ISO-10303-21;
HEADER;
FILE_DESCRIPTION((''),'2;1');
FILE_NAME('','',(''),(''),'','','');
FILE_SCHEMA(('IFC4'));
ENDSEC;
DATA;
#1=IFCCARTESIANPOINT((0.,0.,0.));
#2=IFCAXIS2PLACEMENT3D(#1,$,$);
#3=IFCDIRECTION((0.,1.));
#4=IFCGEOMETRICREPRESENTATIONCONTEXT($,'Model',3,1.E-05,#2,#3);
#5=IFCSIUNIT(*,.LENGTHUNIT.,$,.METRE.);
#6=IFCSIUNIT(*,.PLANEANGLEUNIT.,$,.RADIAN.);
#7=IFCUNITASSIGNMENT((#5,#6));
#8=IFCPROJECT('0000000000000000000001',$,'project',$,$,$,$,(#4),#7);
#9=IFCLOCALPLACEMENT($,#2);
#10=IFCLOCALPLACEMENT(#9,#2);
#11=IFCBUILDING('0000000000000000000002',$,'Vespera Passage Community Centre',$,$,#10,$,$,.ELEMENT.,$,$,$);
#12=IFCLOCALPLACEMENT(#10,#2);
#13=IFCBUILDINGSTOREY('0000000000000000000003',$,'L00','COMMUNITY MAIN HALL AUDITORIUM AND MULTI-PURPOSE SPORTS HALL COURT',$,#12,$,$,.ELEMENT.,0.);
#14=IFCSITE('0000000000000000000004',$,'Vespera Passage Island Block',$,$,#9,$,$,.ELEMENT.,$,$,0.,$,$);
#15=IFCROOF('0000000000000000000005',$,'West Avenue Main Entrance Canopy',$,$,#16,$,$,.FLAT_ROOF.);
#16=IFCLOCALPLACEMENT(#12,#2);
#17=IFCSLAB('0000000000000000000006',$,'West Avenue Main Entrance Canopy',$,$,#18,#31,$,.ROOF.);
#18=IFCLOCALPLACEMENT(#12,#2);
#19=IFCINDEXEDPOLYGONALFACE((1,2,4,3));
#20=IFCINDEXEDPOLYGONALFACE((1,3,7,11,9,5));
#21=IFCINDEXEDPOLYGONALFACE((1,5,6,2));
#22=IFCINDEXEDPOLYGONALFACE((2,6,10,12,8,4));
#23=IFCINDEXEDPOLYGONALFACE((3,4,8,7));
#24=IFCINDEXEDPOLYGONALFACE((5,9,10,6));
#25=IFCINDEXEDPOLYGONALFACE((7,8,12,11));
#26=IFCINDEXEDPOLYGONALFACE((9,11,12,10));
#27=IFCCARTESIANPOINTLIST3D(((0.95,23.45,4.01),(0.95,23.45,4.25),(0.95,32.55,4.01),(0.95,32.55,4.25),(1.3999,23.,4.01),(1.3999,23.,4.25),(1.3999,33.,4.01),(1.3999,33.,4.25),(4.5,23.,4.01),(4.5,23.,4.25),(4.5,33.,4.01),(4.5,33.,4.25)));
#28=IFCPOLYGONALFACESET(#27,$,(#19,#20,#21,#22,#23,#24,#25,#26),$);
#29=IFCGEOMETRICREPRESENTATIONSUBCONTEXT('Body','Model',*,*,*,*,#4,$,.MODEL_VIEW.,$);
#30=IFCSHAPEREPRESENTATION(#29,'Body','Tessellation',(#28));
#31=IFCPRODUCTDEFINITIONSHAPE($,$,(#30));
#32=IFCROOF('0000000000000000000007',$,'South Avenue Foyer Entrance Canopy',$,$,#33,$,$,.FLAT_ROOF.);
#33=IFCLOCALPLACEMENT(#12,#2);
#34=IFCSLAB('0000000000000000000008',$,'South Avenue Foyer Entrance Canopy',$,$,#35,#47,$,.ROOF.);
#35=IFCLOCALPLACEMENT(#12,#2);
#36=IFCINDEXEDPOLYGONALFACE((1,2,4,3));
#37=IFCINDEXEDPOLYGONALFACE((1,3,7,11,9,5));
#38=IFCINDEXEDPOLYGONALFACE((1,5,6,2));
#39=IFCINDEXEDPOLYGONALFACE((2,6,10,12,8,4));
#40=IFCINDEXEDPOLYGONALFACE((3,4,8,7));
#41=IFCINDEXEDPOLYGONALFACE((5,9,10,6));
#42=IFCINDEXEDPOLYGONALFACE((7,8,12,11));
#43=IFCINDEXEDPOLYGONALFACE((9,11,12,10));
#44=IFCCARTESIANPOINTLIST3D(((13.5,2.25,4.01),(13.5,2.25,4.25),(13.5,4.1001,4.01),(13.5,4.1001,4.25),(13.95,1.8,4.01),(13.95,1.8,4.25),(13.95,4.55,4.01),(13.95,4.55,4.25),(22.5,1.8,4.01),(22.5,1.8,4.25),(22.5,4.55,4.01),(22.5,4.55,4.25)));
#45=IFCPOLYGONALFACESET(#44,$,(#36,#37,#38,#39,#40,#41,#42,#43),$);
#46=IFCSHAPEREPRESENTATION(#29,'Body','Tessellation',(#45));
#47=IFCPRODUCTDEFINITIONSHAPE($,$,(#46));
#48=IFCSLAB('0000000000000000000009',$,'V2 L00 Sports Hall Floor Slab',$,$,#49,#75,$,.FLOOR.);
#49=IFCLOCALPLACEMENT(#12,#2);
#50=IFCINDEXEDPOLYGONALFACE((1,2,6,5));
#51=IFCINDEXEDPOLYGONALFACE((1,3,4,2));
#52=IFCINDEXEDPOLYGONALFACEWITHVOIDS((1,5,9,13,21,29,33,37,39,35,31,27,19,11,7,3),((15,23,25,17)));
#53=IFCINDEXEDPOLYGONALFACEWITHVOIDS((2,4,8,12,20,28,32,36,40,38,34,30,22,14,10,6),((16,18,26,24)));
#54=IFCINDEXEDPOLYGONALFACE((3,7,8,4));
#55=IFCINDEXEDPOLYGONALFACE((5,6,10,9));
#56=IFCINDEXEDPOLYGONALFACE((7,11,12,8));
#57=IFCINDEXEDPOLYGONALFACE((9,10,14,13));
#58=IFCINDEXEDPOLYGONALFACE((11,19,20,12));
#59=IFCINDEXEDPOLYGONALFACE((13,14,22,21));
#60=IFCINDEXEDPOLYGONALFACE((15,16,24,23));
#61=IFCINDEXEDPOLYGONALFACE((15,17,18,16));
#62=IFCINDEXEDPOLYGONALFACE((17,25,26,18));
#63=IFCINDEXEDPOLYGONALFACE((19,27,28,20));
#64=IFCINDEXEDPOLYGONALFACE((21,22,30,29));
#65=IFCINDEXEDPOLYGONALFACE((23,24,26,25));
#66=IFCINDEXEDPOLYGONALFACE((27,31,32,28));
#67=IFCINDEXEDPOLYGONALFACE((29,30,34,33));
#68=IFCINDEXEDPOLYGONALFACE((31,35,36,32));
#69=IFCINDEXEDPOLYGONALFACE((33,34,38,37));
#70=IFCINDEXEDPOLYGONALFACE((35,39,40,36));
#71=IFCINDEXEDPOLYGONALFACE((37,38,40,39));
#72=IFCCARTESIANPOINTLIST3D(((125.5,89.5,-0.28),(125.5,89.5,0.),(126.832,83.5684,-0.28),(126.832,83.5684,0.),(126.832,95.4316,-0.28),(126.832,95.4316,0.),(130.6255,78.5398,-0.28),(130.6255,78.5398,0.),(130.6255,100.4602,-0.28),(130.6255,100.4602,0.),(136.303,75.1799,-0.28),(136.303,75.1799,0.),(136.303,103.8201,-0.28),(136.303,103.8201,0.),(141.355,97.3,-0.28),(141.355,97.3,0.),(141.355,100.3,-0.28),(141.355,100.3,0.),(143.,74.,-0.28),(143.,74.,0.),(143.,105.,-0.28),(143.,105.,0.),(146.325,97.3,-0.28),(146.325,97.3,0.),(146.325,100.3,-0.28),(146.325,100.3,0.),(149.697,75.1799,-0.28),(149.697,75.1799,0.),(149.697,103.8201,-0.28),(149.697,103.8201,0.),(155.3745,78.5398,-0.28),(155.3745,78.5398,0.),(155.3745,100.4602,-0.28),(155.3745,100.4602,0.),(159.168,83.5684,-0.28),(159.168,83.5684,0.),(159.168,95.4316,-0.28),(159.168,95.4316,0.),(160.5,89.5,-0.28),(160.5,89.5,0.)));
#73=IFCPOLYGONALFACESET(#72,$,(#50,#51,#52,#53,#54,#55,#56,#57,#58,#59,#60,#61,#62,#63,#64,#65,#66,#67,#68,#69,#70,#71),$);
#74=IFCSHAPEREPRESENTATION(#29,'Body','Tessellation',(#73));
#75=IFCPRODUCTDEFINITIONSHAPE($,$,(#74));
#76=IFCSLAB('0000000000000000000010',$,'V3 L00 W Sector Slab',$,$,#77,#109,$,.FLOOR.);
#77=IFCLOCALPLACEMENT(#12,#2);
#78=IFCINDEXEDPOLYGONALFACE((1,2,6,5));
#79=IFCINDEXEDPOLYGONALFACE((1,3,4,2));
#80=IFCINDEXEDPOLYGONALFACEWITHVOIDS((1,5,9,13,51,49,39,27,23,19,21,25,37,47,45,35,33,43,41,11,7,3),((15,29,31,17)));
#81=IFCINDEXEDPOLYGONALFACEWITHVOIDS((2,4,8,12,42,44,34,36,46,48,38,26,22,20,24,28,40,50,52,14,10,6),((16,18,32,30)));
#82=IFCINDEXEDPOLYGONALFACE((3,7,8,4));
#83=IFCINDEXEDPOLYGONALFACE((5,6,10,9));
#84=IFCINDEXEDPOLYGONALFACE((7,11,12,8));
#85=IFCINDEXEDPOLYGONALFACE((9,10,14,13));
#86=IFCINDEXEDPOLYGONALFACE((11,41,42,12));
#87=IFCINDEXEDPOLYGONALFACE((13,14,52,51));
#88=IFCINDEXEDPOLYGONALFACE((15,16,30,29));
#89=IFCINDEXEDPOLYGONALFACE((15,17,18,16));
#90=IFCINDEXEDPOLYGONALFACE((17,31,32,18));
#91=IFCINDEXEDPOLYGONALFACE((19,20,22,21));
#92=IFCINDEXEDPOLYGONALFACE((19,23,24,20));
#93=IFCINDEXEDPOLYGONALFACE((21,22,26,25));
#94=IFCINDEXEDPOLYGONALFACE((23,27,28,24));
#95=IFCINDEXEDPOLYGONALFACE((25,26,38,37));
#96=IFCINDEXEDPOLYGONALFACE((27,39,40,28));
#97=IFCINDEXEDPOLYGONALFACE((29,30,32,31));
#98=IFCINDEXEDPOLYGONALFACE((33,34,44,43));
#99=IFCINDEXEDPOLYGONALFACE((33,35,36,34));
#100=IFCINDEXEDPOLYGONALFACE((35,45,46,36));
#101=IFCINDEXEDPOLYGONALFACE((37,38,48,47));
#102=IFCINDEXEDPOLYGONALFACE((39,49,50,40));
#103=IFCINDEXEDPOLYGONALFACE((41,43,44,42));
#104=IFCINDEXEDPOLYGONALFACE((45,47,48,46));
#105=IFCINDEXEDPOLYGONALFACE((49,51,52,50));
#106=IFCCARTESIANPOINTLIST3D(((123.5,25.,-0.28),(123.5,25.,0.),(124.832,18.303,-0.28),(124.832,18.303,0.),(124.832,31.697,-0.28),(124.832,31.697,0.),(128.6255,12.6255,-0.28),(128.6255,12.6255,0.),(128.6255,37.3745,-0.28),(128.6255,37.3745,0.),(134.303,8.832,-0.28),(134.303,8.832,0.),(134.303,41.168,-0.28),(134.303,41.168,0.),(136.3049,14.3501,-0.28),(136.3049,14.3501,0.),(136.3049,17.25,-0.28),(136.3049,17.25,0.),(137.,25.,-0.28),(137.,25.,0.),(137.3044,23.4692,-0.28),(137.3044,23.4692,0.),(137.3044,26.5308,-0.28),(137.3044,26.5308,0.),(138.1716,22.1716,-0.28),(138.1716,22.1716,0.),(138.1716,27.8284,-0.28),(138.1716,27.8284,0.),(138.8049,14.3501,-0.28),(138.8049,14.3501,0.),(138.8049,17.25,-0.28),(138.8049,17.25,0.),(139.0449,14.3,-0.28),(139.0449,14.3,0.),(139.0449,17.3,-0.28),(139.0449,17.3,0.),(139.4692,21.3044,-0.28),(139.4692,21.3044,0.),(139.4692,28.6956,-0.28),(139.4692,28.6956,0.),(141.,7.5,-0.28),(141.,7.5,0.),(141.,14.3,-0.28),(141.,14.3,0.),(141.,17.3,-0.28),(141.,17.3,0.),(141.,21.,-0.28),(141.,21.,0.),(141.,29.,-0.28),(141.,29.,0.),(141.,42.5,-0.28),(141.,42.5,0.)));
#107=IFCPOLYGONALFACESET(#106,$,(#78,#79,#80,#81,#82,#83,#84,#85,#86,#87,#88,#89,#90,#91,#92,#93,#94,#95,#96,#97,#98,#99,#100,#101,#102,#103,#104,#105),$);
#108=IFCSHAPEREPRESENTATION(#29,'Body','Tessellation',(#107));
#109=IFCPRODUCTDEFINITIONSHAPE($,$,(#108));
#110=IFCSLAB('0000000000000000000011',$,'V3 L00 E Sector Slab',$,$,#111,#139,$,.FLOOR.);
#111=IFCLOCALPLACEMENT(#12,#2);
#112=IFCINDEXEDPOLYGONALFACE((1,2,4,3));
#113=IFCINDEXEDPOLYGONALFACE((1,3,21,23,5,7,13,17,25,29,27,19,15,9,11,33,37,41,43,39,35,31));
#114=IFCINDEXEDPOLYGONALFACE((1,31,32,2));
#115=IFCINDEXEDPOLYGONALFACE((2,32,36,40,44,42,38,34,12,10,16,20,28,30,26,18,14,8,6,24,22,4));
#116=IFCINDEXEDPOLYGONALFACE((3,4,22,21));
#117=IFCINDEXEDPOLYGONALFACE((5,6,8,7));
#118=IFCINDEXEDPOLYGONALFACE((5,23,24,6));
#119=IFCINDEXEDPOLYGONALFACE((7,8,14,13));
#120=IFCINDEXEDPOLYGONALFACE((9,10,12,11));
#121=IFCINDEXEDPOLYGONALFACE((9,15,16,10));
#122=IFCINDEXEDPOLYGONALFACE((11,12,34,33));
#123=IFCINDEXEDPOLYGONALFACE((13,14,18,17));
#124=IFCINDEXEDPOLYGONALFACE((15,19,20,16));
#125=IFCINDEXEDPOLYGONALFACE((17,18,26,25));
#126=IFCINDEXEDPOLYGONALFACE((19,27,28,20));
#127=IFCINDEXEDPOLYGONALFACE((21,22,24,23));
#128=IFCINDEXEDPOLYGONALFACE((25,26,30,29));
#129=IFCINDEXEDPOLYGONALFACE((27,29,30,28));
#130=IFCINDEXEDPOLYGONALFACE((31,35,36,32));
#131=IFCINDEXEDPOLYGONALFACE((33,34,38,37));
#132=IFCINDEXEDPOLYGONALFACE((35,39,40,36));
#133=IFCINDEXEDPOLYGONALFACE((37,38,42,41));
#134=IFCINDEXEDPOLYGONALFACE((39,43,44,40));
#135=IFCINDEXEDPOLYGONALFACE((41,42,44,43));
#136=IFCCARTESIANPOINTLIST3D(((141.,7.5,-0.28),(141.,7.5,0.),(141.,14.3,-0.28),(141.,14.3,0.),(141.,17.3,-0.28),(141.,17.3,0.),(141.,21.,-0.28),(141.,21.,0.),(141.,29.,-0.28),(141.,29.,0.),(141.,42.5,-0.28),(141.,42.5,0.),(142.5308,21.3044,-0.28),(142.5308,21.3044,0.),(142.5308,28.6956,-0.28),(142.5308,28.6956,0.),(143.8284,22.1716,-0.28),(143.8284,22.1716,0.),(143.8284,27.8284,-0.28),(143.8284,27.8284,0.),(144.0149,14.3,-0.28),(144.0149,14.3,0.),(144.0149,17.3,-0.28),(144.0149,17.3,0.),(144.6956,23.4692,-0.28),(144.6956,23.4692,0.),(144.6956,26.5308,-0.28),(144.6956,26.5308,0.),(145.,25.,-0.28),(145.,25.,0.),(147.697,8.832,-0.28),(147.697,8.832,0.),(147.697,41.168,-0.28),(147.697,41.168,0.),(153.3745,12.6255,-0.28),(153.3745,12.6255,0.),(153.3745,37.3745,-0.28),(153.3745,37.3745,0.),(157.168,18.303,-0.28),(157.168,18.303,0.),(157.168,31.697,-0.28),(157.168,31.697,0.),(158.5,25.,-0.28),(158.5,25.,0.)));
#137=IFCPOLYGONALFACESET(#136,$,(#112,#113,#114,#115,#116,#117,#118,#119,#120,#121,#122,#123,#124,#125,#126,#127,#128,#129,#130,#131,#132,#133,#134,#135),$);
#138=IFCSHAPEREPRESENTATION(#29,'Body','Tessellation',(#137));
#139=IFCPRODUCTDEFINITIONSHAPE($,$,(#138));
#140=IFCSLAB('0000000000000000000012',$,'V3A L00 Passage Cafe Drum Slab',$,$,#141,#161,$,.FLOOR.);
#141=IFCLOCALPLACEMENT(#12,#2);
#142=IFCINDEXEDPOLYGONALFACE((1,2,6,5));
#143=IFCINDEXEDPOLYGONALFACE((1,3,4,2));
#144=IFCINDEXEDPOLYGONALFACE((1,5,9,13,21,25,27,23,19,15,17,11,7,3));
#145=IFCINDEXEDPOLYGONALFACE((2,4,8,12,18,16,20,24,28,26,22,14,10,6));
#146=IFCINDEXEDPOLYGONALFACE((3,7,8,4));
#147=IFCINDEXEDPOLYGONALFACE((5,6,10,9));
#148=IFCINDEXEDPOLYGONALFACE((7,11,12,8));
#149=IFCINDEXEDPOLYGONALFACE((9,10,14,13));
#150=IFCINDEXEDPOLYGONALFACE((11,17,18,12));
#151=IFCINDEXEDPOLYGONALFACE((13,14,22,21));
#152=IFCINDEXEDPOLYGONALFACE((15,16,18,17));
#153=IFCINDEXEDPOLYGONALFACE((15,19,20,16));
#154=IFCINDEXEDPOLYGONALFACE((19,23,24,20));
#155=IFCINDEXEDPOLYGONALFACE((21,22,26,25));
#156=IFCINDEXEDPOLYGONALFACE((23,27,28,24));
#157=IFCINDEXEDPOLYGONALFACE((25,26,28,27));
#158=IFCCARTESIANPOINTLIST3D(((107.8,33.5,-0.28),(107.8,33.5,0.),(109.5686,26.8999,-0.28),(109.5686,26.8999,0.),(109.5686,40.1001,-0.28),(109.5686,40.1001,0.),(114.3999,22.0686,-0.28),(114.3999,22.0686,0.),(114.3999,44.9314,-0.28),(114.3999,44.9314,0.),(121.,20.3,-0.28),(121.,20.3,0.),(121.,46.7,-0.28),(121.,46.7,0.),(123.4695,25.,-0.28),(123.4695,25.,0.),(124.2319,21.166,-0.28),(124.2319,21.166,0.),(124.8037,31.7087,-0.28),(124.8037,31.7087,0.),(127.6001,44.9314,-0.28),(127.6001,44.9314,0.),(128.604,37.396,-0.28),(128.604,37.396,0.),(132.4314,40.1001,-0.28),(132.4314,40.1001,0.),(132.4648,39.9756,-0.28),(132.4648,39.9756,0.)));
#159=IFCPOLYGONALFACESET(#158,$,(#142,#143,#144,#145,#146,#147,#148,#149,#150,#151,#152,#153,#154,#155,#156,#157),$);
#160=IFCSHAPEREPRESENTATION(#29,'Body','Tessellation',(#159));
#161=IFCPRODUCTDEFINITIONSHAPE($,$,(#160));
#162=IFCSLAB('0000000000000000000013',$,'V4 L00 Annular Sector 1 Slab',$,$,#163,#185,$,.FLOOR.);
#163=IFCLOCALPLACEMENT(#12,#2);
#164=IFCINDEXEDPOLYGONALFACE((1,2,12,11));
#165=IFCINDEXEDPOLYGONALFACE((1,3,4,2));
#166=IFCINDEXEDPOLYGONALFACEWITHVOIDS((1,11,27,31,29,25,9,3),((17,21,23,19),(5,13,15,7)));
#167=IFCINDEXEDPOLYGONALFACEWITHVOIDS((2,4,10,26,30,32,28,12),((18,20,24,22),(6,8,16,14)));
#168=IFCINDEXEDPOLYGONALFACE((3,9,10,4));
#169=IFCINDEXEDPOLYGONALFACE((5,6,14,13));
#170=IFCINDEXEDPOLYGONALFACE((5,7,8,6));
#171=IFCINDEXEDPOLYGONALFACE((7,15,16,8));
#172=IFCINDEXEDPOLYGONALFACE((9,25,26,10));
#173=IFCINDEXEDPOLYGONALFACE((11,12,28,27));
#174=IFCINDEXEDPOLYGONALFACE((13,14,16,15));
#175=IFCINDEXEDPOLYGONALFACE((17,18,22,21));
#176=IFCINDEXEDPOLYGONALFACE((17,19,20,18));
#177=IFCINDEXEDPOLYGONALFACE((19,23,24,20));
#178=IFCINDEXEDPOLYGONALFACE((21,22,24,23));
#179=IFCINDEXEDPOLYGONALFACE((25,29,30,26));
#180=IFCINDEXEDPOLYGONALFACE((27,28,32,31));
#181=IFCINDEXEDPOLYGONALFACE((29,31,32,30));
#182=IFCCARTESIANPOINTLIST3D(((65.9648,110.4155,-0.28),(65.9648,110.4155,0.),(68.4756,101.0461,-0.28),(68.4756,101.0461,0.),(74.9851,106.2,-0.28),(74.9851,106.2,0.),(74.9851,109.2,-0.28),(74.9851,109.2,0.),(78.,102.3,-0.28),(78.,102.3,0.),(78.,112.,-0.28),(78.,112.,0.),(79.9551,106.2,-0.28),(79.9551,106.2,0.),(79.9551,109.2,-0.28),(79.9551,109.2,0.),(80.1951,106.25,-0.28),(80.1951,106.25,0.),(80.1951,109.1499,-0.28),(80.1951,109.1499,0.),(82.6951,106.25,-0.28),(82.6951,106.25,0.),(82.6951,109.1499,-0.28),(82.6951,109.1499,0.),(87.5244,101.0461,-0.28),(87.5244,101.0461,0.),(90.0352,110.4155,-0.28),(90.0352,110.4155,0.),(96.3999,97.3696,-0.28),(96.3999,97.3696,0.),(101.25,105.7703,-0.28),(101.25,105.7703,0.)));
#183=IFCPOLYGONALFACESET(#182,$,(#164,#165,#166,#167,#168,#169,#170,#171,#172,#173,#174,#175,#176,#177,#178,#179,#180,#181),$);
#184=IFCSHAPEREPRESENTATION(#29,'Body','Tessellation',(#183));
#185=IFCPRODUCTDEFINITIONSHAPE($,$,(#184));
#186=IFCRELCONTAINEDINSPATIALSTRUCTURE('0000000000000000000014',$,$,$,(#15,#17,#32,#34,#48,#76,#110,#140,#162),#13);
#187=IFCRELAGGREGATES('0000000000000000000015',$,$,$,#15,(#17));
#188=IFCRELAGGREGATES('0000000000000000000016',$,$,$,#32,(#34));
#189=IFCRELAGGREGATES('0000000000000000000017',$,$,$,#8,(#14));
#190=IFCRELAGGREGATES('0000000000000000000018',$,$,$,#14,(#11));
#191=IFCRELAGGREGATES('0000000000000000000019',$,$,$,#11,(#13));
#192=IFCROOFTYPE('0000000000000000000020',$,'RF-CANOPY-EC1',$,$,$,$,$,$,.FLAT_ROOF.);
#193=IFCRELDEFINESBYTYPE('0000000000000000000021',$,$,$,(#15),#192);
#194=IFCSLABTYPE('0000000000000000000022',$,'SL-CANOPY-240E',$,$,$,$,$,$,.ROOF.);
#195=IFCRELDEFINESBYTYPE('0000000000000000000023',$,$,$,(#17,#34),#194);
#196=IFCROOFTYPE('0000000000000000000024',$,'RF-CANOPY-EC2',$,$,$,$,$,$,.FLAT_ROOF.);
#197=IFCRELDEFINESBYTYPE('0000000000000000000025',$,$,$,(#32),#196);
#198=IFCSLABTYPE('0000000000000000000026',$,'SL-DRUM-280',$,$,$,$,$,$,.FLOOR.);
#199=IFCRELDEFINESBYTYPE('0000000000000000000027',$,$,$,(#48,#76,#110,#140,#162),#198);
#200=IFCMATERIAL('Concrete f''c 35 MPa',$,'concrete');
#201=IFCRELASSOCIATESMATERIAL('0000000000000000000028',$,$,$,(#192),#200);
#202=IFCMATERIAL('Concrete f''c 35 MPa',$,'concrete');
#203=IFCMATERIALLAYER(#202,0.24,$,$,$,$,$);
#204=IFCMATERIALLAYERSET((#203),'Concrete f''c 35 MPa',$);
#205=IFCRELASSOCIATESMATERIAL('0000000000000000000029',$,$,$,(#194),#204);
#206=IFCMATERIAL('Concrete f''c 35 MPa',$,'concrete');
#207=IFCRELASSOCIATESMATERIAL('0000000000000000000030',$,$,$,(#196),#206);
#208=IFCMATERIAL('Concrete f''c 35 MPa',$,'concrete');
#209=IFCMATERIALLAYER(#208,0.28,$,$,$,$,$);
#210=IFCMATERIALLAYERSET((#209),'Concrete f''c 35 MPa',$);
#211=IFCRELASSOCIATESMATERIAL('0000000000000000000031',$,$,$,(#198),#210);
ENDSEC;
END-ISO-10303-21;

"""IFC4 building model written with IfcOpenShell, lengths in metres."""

from ifc_helpers import new_model, si_unit, direction, frame, origin, place, context, subcontext, project, spatial, polyline, outline, extrude, material, layer, layer_set, type_object, element, aggregate, save


model = new_model("IFC4")

# Units and contexts
model_context = context("Model", 3, precision=1e-05, world=origin(), true_north=direction((0.0, 1.0)))
body_context = subcontext(model_context, "Body", "Model", "MODEL_VIEW")
ifc_project = project(units=[si_unit("LENGTHUNIT", "METRE"), si_unit("PLANEANGLEUNIT", "RADIAN")], contexts=[model_context])

# Site, building, storey
site_placement = place(None, origin())
site = spatial("IfcSite", under=ifc_project, at=site_placement, Name="Vespera Passage Island Block", CompositionType="ELEMENT", RefElevation=0.0)
building_placement = place(site_placement, origin())
building = spatial("IfcBuilding", under=site, at=building_placement, Name="Vespera Passage Community Centre", CompositionType="ELEMENT")
storey_placement = place(building_placement, origin())
storey = spatial("IfcBuildingStorey", under=building, at=storey_placement, Name="L00", Description="COMMUNITY MAIN HALL AUDITORIUM AND MULTI-PURPOSE SPORTS HALL COURT", CompositionType="ELEMENT", Elevation=0.0)

# Roofs, slabs
ifc_material_1 = material(Name="Concrete f'c 35 MPa", Category="concrete")
roof_type_1 = type_object("IfcRoofType", Name="RF-CANOPY-EC1", PredefinedType="FLAT_ROOF", material=ifc_material_1)
roof_1_placement = place(storey_placement, origin())
roof_1 = element("IfcRoof", 1, at=roof_1_placement, inside=storey, type_object=roof_type_1, Name="West Avenue Main Entrance Canopy", PredefinedType="FLAT_ROOF")
ifc_material_2 = material(Name="Concrete f'c 35 MPa", Category="concrete")
ifc_layer_1 = layer(ifc_material_2, 0.24)
ifc_layer_set_1 = layer_set([ifc_layer_1], Name="Concrete f'c 35 MPa")
slab_type_1 = type_object("IfcSlabType", Name="SL-CANOPY-240E", PredefinedType="ROOF", material=ifc_layer_set_1)
slab_1_placement = place(storey_placement, frame((0.0, 0.0, 4.01)))
slab_1 = element("IfcSlab", 2, at=slab_1_placement, inside=storey, type_object=slab_type_1, Name="West Avenue Main Entrance Canopy", PredefinedType="ROOF", context=body_context, shape_type="SweptSolid", body=[
    extrude(outline(polyline([(1.3999, 23.0), (4.5, 23.0), (4.5, 33.0), (1.3999, 33.0), (0.95, 32.55), (0.95, 23.45), (1.3999, 23.0)])), origin(), (0.0, 0.0, 1.0), 0.24),
])
aggregate(roof_1, [slab_1])
ifc_material_3 = material(Name="Concrete f'c 35 MPa", Category="concrete")
roof_type_2 = type_object("IfcRoofType", Name="RF-CANOPY-EC2", PredefinedType="FLAT_ROOF", material=ifc_material_3)
roof_2_placement = place(storey_placement, origin())
roof_2 = element("IfcRoof", 3, at=roof_2_placement, inside=storey, type_object=roof_type_2, Name="South Avenue Foyer Entrance Canopy", PredefinedType="FLAT_ROOF")
slab_2_placement = place(storey_placement, frame((0.0, 0.0, 4.01)))
slab_2 = element("IfcSlab", 4, at=slab_2_placement, inside=storey, type_object=slab_type_1, Name="South Avenue Foyer Entrance Canopy", PredefinedType="ROOF", context=body_context, shape_type="SweptSolid", body=[
    extrude(outline(polyline([(13.95, 1.8), (22.5, 1.8), (22.5, 4.55), (13.95, 4.55), (13.5, 4.1001), (13.5, 2.25), (13.95, 1.8)])), origin(), (0.0, 0.0, 1.0), 0.24),
])
aggregate(roof_2, [slab_2])

# Slabs
ifc_material_4 = material(Name="Concrete f'c 35 MPa", Category="concrete")
ifc_layer_2 = layer(ifc_material_4, 0.28)
ifc_layer_set_2 = layer_set([ifc_layer_2], Name="Concrete f'c 35 MPa")
slab_type_2 = type_object("IfcSlabType", Name="SL-DRUM-280", PredefinedType="FLOOR", material=ifc_layer_set_2)
slab_3_placement = place(storey_placement, frame((0.0, 0.0, -0.28)))
element("IfcSlab", 5, at=slab_3_placement, inside=storey, type_object=slab_type_2, Name="V2 L00 Sports Hall Floor Slab", PredefinedType="FLOOR", context=body_context, shape_type="SweptSolid", body=[
    extrude(outline(polyline([(159.168, 83.5684), (155.3745, 78.5398), (149.697, 75.1799), (143.0, 74.0), (136.303, 75.1799), (130.6255, 78.5398), (126.832, 83.5684), (125.5, 89.5), (126.832, 95.4316), (130.6255, 100.4602), (136.303, 103.8201), (143.0, 105.0), (149.697, 103.8201), (155.3745, 100.4602), (159.168, 95.4316), (160.5, 89.5), (159.168, 83.5684)]), holes=[polyline([(146.325, 97.3), (146.325, 100.3), (141.355, 100.3), (141.355, 97.3), (146.325, 97.3)])]), origin(), (0.0, 0.0, 1.0), 0.28),
])
slab_4_placement = place(storey_placement, frame((0.0, 0.0, -0.28)))
element("IfcSlab", 6, at=slab_4_placement, inside=storey, type_object=slab_type_2, Name="V3 L00 W Sector Slab", PredefinedType="FLOOR", context=body_context, shape_type="SweptSolid", body=[
    extrude(outline(polyline([(124.832, 18.303), (123.5, 25.0), (124.832, 31.697), (128.6255, 37.3745), (134.303, 41.168), (141.0, 42.5), (141.0, 29.0), (139.4692, 28.6956), (138.1716, 27.8284), (137.3044, 26.5308), (137.0, 25.0), (137.3044, 23.4692), (138.1716, 22.1716), (139.4692, 21.3044), (141.0, 21.0), (141.0, 17.3), (139.0449, 17.3), (139.0449, 14.3), (141.0, 14.3), (141.0, 7.5), (134.303, 8.832), (128.6255, 12.6255), (124.832, 18.303)]), holes=[polyline([(136.3049, 17.25), (136.3049, 14.3501), (138.8049, 14.3501), (138.8049, 17.25), (136.3049, 17.25)])]), origin(), (0.0, 0.0, 1.0), 0.28),
])
slab_5_placement = place(storey_placement, frame((0.0, 0.0, -0.28)))
element("IfcSlab", 7, at=slab_5_placement, inside=storey, type_object=slab_type_2, Name="V3 L00 E Sector Slab", PredefinedType="FLOOR", context=body_context, shape_type="SweptSolid", body=[
    extrude(outline(polyline([(147.697, 8.832), (141.0, 7.5), (141.0, 14.3), (144.0149, 14.3), (144.0149, 17.3), (141.0, 17.3), (141.0, 21.0), (142.5308, 21.3044), (143.8284, 22.1716), (144.6956, 23.4692), (145.0, 25.0), (144.6956, 26.5308), (143.8284, 27.8284), (142.5308, 28.6956), (141.0, 29.0), (141.0, 42.5), (147.697, 41.168), (153.3745, 37.3745), (157.168, 31.697), (158.5, 25.0), (157.168, 18.303), (153.3745, 12.6255), (147.697, 8.832)])), origin(), (0.0, 0.0, 1.0), 0.28),
])
slab_6_placement = place(storey_placement, frame((0.0, 0.0, -0.28)))
element("IfcSlab", 8, at=slab_6_placement, inside=storey, type_object=slab_type_2, Name="V3A L00 Passage Cafe Drum Slab", PredefinedType="FLOOR", context=body_context, shape_type="SweptSolid", body=[
    extrude(outline(polyline([(121.0, 20.3), (114.3999, 22.0686), (109.5686, 26.8999), (107.8, 33.5), (109.5686, 40.1001), (114.3999, 44.9314), (121.0, 46.7), (127.6001, 44.9314), (132.4314, 40.1001), (132.4648, 39.9756), (128.604, 37.396), (124.8037, 31.7087), (123.4695, 25.0), (124.2319, 21.166), (121.0, 20.3)])), origin(), (0.0, 0.0, 1.0), 0.28),
])
slab_7_placement = place(storey_placement, frame((0.0, 0.0, -0.28)))
element("IfcSlab", 9, at=slab_7_placement, inside=storey, type_object=slab_type_2, Name="V4 L00 Annular Sector 1 Slab", PredefinedType="FLOOR", context=body_context, shape_type="SweptSolid", body=[
    extrude(outline(polyline([(87.5244, 101.0461), (78.0, 102.3), (68.4756, 101.0461), (65.9648, 110.4155), (78.0, 112.0), (90.0352, 110.4155), (101.25, 105.7703), (96.3999, 97.3696), (87.5244, 101.0461)]), holes=[polyline([(79.9551, 109.2), (74.9851, 109.2), (74.9851, 106.2), (79.9551, 106.2), (79.9551, 109.2)]), polyline([(82.6951, 106.25), (82.6951, 109.1499), (80.1951, 109.1499), (80.1951, 106.25), (82.6951, 106.25)])]), origin(), (0.0, 0.0, 1.0), 0.28),
])

save(model, "model.ifc")
